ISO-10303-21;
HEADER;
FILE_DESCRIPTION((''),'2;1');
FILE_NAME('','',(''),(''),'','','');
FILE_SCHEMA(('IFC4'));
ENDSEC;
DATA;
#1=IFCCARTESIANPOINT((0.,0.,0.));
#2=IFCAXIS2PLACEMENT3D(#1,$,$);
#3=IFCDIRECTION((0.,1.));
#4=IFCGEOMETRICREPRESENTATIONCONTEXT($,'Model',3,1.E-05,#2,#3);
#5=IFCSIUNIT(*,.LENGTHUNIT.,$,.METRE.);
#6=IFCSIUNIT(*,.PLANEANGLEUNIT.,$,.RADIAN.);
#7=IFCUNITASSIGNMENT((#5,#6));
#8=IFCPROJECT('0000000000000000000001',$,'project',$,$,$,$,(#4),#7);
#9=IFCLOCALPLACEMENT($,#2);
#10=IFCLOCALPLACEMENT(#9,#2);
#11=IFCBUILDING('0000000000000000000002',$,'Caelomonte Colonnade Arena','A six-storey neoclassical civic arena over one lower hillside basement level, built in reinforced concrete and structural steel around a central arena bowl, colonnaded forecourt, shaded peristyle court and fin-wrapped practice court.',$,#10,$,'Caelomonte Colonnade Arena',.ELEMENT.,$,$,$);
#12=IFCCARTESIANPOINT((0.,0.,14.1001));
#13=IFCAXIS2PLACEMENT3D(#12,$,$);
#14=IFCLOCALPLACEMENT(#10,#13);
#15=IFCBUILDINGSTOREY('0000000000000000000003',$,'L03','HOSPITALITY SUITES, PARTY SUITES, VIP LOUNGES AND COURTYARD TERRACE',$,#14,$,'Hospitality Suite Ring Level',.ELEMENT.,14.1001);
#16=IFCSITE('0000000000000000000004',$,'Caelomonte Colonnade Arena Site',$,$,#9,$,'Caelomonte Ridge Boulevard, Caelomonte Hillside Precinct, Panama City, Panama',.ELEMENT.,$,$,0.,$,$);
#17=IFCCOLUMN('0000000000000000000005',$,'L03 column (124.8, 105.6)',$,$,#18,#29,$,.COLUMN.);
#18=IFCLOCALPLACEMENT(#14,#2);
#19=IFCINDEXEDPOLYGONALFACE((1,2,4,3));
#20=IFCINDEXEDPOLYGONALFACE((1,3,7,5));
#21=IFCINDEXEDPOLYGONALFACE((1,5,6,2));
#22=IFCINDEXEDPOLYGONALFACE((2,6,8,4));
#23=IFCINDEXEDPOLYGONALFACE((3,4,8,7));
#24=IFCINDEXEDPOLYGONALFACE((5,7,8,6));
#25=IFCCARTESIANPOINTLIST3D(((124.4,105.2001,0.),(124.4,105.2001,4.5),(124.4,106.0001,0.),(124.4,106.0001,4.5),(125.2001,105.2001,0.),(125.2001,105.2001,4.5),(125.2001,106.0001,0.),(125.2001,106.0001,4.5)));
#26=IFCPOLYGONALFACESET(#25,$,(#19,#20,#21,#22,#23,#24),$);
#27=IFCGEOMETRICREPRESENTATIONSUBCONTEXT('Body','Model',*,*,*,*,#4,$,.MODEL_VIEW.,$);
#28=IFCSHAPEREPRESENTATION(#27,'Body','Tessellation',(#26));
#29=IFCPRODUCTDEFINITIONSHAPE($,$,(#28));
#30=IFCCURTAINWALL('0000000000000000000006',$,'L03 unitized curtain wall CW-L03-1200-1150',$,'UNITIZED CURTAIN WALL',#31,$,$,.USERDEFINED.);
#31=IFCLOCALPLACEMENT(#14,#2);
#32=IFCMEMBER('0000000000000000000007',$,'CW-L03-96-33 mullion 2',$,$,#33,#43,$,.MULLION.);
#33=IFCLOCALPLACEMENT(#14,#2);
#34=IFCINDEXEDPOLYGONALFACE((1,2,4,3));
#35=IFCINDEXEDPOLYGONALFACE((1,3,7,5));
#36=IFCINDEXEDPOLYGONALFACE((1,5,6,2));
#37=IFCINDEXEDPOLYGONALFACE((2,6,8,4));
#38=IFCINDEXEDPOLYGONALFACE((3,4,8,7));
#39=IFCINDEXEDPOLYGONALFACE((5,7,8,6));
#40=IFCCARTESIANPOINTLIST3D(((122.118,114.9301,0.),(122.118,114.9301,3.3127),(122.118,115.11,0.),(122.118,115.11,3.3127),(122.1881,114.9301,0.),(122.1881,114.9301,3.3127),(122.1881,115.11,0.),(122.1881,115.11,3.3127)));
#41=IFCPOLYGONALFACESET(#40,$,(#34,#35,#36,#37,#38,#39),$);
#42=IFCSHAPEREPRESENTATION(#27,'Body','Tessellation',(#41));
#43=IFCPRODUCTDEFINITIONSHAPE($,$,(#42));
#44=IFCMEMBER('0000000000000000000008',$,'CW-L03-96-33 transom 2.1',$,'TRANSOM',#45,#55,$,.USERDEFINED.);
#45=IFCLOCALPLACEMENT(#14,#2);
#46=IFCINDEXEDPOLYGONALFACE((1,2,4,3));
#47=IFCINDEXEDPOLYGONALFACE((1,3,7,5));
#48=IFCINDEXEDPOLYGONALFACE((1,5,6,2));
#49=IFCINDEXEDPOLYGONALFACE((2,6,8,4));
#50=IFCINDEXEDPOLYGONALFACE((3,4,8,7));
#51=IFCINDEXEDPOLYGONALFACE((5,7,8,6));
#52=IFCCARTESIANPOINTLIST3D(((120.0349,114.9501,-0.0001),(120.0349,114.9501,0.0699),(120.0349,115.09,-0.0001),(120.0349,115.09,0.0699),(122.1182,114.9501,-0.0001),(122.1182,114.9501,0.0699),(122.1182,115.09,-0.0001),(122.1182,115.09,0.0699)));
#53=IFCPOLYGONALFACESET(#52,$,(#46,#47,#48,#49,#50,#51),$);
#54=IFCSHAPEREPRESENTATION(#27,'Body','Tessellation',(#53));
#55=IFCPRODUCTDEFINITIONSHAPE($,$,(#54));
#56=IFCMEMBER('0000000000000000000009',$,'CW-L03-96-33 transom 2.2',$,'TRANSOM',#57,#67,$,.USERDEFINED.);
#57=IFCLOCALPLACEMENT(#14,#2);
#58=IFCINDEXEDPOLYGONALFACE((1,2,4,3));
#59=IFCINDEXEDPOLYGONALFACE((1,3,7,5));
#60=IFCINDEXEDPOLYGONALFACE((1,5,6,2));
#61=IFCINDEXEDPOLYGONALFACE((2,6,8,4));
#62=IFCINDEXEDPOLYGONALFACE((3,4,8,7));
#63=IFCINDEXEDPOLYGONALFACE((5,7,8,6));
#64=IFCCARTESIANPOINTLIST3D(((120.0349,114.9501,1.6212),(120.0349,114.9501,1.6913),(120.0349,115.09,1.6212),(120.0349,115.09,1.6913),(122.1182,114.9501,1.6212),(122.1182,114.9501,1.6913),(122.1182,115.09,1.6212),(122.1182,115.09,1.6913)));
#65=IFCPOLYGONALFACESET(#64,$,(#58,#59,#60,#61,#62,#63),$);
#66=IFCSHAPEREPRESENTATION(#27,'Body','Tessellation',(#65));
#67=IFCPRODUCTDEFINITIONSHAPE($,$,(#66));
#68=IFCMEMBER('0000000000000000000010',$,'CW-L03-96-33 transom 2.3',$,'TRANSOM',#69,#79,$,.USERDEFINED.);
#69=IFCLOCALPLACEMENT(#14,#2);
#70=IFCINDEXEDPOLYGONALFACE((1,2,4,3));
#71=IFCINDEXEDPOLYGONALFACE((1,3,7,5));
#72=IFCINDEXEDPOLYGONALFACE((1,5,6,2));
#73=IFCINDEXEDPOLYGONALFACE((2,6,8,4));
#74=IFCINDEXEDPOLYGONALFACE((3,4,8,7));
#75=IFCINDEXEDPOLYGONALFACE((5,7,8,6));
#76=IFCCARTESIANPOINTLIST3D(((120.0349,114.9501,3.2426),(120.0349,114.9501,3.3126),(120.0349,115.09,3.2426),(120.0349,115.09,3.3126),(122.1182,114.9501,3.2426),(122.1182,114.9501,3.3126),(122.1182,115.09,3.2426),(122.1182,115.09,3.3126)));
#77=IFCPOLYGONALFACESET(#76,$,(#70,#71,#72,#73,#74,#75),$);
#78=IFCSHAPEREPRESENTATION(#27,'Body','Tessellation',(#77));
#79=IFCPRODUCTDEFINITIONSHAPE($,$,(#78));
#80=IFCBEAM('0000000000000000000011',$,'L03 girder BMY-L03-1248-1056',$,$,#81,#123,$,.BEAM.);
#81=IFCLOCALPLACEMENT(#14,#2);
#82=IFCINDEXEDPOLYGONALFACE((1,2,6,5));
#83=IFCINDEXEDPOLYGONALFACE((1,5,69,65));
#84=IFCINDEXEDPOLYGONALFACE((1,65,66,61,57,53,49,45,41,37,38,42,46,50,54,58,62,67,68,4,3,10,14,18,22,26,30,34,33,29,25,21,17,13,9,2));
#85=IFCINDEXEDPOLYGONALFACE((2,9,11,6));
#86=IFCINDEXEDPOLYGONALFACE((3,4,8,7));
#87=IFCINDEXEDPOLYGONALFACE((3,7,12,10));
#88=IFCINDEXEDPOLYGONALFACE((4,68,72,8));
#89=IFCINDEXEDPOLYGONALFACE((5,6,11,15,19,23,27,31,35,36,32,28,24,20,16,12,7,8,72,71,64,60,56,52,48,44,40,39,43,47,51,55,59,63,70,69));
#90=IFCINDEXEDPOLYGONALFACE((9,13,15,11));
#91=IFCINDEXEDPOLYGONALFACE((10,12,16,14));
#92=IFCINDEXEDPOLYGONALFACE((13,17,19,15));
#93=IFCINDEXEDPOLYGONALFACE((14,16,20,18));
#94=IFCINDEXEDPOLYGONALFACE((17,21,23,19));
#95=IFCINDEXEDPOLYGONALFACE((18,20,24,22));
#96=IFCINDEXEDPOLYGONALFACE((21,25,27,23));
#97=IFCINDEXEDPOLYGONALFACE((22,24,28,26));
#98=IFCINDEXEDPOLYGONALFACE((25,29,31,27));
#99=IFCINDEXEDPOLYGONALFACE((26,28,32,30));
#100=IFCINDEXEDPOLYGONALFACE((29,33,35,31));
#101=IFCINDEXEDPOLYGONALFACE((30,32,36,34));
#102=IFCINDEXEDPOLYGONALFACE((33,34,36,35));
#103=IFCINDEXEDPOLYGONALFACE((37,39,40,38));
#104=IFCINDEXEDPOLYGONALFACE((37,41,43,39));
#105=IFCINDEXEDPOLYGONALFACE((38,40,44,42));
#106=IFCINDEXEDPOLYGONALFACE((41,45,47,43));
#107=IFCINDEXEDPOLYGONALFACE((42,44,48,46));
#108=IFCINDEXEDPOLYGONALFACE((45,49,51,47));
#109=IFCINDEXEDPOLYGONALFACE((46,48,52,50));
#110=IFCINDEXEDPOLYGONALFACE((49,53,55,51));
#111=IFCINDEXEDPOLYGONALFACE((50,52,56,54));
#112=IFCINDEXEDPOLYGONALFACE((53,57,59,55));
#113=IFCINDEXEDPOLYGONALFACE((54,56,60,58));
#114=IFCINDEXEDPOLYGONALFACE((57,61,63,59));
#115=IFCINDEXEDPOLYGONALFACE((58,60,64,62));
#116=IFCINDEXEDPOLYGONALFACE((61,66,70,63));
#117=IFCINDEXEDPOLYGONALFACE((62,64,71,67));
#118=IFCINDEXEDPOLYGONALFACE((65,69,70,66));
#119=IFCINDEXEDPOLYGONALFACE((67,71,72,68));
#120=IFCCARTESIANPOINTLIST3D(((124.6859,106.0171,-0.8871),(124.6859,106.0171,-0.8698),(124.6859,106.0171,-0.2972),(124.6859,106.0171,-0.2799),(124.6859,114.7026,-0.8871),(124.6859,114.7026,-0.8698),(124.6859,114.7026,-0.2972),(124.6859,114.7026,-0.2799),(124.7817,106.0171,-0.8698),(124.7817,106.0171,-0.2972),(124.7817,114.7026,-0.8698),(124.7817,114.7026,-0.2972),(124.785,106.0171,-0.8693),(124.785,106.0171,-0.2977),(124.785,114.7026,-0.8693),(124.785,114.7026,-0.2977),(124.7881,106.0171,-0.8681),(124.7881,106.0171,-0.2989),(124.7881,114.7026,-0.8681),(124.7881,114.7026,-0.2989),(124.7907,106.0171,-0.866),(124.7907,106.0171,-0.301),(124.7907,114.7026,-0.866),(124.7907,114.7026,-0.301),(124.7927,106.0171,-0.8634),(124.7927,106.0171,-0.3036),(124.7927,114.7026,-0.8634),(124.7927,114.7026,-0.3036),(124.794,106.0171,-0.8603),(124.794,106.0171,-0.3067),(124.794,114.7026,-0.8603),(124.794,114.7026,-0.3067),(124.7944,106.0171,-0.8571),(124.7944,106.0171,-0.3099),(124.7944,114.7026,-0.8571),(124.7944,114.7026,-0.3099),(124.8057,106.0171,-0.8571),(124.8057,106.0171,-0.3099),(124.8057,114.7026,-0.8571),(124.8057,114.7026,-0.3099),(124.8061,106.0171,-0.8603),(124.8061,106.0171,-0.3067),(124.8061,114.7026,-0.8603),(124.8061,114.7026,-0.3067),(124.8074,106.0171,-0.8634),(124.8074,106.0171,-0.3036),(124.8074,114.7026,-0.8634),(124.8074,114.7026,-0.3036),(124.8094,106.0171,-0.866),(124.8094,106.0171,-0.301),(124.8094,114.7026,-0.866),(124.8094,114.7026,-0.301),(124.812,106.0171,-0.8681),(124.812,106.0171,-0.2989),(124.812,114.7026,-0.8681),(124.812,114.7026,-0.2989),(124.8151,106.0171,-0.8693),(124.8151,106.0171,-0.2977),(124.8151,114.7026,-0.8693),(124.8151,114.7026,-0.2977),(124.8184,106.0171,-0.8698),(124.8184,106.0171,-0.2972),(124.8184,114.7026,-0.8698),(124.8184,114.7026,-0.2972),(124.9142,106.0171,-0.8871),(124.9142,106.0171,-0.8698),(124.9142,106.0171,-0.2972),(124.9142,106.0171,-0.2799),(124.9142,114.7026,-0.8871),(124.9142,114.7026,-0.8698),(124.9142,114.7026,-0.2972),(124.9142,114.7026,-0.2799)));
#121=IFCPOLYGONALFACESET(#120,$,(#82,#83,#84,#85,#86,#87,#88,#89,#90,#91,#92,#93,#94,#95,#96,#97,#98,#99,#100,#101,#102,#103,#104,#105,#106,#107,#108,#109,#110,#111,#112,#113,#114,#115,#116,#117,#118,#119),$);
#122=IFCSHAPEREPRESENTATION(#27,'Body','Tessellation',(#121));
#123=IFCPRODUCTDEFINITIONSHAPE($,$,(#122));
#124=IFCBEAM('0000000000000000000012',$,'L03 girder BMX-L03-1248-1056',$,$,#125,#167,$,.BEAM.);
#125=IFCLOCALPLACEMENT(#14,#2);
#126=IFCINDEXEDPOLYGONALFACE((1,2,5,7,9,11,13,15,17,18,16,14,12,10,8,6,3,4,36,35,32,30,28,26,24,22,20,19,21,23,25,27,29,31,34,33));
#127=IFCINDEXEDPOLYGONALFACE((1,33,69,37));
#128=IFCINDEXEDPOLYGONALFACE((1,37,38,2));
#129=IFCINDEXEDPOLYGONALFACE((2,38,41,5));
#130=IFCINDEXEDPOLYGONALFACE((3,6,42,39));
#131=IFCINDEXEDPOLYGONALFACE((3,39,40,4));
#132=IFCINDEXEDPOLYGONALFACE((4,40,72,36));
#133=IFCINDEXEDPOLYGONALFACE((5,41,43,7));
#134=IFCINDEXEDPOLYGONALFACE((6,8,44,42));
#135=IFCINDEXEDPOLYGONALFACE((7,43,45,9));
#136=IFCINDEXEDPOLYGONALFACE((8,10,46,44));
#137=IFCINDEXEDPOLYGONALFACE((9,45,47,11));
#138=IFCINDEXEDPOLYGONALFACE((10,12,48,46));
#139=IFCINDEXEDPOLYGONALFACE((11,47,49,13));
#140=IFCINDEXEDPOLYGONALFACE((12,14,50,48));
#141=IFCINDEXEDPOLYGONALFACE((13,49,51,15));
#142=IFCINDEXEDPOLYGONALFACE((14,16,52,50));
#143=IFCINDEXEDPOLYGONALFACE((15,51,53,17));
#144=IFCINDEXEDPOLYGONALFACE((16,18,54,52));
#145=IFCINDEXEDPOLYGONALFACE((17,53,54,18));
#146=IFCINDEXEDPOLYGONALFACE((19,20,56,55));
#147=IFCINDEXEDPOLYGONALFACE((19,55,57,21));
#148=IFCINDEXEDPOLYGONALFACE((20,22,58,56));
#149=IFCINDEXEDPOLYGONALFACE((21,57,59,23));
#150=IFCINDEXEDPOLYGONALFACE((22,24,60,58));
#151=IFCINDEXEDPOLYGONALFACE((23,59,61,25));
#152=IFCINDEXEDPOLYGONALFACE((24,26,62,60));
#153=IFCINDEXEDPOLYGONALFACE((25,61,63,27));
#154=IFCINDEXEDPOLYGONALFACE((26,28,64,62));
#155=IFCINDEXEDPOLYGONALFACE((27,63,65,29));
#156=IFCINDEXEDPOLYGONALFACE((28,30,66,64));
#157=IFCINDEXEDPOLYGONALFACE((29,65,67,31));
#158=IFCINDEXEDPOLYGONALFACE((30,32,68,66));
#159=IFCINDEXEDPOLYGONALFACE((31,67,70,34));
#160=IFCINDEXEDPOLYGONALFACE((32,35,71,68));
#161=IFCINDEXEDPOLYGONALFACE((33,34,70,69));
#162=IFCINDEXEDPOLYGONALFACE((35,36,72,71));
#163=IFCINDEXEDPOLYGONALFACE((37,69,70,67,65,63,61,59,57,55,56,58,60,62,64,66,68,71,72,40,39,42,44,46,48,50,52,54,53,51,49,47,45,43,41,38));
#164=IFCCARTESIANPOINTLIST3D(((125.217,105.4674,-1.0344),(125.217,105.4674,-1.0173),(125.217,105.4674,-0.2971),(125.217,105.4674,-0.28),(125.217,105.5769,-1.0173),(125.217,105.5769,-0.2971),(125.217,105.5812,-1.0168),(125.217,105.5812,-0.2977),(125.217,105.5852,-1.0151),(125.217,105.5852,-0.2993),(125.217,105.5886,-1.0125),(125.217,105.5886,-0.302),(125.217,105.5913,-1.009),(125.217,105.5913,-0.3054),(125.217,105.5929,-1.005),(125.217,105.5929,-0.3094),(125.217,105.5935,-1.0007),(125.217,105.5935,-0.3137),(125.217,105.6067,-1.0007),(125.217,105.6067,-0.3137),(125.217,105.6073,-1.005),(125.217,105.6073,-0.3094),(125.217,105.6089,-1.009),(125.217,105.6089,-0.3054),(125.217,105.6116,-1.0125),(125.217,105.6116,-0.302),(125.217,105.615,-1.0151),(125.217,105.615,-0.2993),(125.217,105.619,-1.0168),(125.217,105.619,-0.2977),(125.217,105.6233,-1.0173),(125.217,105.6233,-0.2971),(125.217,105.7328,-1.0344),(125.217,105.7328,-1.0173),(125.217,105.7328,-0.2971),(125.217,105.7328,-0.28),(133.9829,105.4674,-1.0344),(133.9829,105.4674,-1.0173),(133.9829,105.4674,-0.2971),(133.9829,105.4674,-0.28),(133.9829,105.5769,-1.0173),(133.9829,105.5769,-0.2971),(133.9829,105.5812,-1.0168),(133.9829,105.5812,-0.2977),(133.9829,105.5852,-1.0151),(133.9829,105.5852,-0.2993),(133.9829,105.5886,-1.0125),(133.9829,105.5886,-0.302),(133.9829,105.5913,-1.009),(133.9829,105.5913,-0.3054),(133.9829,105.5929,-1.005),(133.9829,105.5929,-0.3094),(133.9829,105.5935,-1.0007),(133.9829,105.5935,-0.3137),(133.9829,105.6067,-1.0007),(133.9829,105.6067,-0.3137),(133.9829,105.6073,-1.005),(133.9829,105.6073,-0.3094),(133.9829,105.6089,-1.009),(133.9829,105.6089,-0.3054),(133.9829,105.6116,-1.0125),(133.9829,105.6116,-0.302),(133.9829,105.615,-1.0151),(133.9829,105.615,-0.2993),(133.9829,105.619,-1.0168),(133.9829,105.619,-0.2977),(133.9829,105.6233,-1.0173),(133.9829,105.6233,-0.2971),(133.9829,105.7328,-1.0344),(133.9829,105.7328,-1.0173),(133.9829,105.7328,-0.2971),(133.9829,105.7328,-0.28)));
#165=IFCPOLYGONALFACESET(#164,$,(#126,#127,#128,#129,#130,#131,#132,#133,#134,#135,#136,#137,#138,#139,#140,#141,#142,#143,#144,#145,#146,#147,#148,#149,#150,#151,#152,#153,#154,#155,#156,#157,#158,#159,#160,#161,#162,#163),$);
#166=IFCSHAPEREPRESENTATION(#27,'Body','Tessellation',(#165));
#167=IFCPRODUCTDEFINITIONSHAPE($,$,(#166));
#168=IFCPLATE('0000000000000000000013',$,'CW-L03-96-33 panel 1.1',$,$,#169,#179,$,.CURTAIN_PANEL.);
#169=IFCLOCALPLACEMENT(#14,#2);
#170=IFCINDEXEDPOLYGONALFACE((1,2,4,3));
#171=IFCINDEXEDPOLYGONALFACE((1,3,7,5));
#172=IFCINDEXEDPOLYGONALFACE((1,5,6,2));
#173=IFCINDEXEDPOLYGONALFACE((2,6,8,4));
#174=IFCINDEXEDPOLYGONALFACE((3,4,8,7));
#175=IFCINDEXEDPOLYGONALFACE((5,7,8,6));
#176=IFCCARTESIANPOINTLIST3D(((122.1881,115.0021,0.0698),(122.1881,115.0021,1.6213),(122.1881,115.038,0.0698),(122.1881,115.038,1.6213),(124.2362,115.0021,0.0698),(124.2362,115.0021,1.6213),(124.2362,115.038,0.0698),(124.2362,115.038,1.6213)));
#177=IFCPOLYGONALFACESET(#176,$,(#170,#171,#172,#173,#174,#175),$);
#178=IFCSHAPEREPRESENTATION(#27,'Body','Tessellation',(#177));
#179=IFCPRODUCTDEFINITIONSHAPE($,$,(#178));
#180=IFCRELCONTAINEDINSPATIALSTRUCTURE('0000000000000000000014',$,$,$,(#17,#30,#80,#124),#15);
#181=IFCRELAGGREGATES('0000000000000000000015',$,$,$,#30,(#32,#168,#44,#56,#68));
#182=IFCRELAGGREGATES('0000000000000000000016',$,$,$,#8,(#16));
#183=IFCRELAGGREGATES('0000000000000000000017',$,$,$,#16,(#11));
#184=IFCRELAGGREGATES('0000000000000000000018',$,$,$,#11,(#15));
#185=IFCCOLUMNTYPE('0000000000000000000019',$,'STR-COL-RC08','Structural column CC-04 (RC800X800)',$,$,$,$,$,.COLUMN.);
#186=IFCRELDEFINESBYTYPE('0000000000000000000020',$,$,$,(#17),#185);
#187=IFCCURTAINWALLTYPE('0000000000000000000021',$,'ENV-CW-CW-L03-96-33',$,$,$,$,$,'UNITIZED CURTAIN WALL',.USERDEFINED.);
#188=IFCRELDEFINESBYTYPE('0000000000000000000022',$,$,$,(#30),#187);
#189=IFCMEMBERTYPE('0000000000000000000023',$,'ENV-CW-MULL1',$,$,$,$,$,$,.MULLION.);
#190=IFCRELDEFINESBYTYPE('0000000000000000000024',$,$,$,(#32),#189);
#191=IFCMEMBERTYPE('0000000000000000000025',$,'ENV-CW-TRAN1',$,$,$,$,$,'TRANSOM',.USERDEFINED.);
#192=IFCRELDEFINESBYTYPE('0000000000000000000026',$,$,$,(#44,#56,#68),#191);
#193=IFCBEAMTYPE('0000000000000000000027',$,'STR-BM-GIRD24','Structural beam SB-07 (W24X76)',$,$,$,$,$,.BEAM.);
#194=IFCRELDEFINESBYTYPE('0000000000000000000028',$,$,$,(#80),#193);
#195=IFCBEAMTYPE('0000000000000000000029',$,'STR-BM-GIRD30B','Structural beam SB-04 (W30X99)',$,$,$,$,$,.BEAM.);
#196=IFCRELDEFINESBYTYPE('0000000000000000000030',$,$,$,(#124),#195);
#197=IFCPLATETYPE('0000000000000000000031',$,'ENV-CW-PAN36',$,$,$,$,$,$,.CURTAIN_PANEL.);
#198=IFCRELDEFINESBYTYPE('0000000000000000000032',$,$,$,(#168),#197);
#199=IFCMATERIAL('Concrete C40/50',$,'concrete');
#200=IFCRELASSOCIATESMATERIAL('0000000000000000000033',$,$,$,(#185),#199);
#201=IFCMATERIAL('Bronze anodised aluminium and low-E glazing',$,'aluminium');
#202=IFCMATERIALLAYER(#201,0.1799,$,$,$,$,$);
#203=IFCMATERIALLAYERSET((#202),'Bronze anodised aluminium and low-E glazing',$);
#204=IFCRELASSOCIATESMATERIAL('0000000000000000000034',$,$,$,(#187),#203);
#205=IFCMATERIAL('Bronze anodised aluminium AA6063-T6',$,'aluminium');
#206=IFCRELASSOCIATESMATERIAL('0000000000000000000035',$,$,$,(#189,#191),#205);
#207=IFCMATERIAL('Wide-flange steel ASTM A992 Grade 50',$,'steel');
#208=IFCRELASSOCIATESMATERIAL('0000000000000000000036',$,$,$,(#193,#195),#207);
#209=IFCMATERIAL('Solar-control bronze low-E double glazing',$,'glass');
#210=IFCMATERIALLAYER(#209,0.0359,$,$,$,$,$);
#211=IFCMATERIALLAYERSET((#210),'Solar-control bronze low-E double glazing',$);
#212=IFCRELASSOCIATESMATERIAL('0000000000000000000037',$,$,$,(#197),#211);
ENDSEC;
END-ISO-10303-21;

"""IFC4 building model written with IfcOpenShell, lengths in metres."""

from ifc_helpers import new_model, si_unit, direction, frame, origin, origin_2d, place, context, subcontext, project, spatial, rectangle, i_section, extrude, material, layer, layer_set, material_profile, profile_set, type_object, element, aggregate, save


model = new_model("IFC4")

# Units and contexts
model_context = context("Model", 3, precision=1e-05, world=origin(), true_north=direction((0.0, 1.0)))
body_context = subcontext(model_context, "Body", "Model", "MODEL_VIEW")
ifc_project = project(units=[si_unit("LENGTHUNIT", "METRE"), si_unit("PLANEANGLEUNIT", "RADIAN")], contexts=[model_context])

# Site, building, storey
site_placement = place(None, origin())
site = spatial("IfcSite", under=ifc_project, at=site_placement, Name="Caelomonte Colonnade Arena Site", LongName="Caelomonte Ridge Boulevard, Caelomonte Hillside Precinct, Panama City, Panama", CompositionType="ELEMENT", RefElevation=0.0)
building_placement = place(site_placement, origin())
building = spatial("IfcBuilding", under=site, at=building_placement, Name="Caelomonte Colonnade Arena", Description="A six-storey neoclassical civic arena over one lower hillside basement level, built in reinforced concrete and structural steel around a central arena bowl, colonnaded forecourt, shaded peristyle court and fin-wrapped practice court.", LongName="Caelomonte Colonnade Arena", CompositionType="ELEMENT")
storey_placement = place(building_placement, frame((0.0, 0.0, 14.1001)))
storey = spatial("IfcBuildingStorey", under=building, at=storey_placement, Name="L03", Description="HOSPITALITY SUITES, PARTY SUITES, VIP LOUNGES AND COURTYARD TERRACE", LongName="Hospitality Suite Ring Level", CompositionType="ELEMENT", Elevation=14.1001)

# Column
ifc_material_1 = material(Name="Concrete C40/50", Category="concrete")
ifc_material_profile_1 = material_profile(ifc_material_1, rectangle(XDim=0.8, YDim=0.8, at=origin_2d()), Name="RC800X800")
ifc_profile_set_1 = profile_set([ifc_material_profile_1], Name="Concrete C40/50")
column_type = type_object("IfcColumnType", Name="STR-COL-RC08", Description="Structural column CC-04 (RC800X800)", PredefinedType="COLUMN", material=ifc_profile_set_1)
column_placement = place(storey_placement, frame((124.8, 105.6001, 0.0), z_axis=(0.0, 0.0, 1.0), x_axis=(1.0, 0.0, 0.0)))
element("IfcColumn", 1, at=column_placement, inside=storey, type_object=column_type, Name="L03 column (124.8, 105.6)", PredefinedType="COLUMN", context=body_context, shape_type="SweptSolid", body=[
    extrude(rectangle(XDim=0.8, YDim=0.8, at=origin_2d()), origin(), (0.0, 0.0, 1.0), 4.5),
])

# Curtain wall, members
ifc_material_2 = material(Name="Bronze anodised aluminium and low-E glazing", Category="aluminium")
ifc_layer_1 = layer(ifc_material_2, 0.1799)
ifc_layer_set_1 = layer_set([ifc_layer_1], Name="Bronze anodised aluminium and low-E glazing")
curtain_wall_type = type_object("IfcCurtainWallType", Name="ENV-CW-CW-L03-96-33", ElementType="UNITIZED CURTAIN WALL", PredefinedType="USERDEFINED", material=ifc_layer_set_1)
curtain_wall_placement = place(storey_placement, origin())
curtain_wall = element("IfcCurtainWall", 2, at=curtain_wall_placement, inside=storey, type_object=curtain_wall_type, Name="L03 unitized curtain wall CW-L03-1200-1150", ObjectType="UNITIZED CURTAIN WALL", PredefinedType="USERDEFINED")
ifc_material_3 = material(Name="Bronze anodised aluminium AA6063-T6", Category="aluminium")
ifc_material_profile_2 = material_profile(ifc_material_3, rectangle(XDim=0.0701, YDim=0.1799, at=origin_2d()), Name="CWM-70X180")
ifc_profile_set_2 = profile_set([ifc_material_profile_2], Name="Bronze anodised aluminium AA6063-T6")
member_type_1 = type_object("IfcMemberType", Name="ENV-CW-MULL1", PredefinedType="MULLION", material=ifc_profile_set_2)
member_1_placement = place(storey_placement, frame((122.1531, 115.02, 0.0), z_axis=(0.0, 0.0, 1.0), x_axis=(-1.0, 0.0, 0.0)))
member_1 = element("IfcMember", 3, at=member_1_placement, type_object=member_type_1, Name="CW-L03-96-33 mullion 2", PredefinedType="MULLION", context=body_context, shape_type="SweptSolid", body=[
    extrude(rectangle(XDim=0.0701, YDim=0.1799, at=origin_2d()), origin(), (0.0, 0.0, 1.0), 3.3127),
])
ifc_material_profile_3 = material_profile(ifc_material_3, rectangle(XDim=0.0701, YDim=0.1399, at=origin_2d()), Name="CWT-70X140")
ifc_profile_set_3 = profile_set([ifc_material_profile_3], Name="Bronze anodised aluminium AA6063-T6")
member_type_2 = type_object("IfcMemberType", Name="ENV-CW-TRAN1", ElementType="TRANSOM", PredefinedType="USERDEFINED", material=ifc_profile_set_3)
member_2_placement = place(storey_placement, frame((122.1182, 115.02, 0.0349), z_axis=(-1.0, 0.0, 0.0), x_axis=(0.0, 0.0, 1.0)))
member_2 = element("IfcMember", 4, at=member_2_placement, type_object=member_type_2, Name="CW-L03-96-33 transom 2.1", ObjectType="TRANSOM", PredefinedType="USERDEFINED", context=body_context, shape_type="SweptSolid", body=[
    extrude(rectangle(XDim=0.0701, YDim=0.1399, at=origin_2d()), origin(), (0.0, 0.0, 1.0), 2.0833),
])
member_3_placement = place(storey_placement, frame((122.1182, 115.02, 1.6562), z_axis=(-1.0, 0.0, 0.0), x_axis=(0.0, 0.0, 1.0)))
member_3 = element("IfcMember", 5, at=member_3_placement, type_object=member_type_2, Name="CW-L03-96-33 transom 2.2", ObjectType="TRANSOM", PredefinedType="USERDEFINED", context=body_context, shape_type="SweptSolid", body=[
    extrude(rectangle(XDim=0.0701, YDim=0.1399, at=origin_2d()), origin(), (0.0, 0.0, 1.0), 2.0833),
])
member_4_placement = place(storey_placement, frame((122.1182, 115.02, 3.2776), z_axis=(-1.0, 0.0, 0.0), x_axis=(0.0, 0.0, 1.0)))
member_4 = element("IfcMember", 6, at=member_4_placement, type_object=member_type_2, Name="CW-L03-96-33 transom 2.3", ObjectType="TRANSOM", PredefinedType="USERDEFINED", context=body_context, shape_type="SweptSolid", body=[
    extrude(rectangle(XDim=0.0701, YDim=0.1399, at=origin_2d()), origin(), (0.0, 0.0, 1.0), 2.0833),
])

# Beams
ifc_material_4 = material(Name="Wide-flange steel ASTM A992 Grade 50", Category="steel")
ifc_material_profile_4 = material_profile(ifc_material_4, i_section(OverallWidth=0.2283, OverallDepth=0.6072, WebThickness=0.0112, FlangeThickness=0.0173, FilletRadius=0.0127, at=origin_2d()), Name="W24X76")
ifc_profile_set_4 = profile_set([ifc_material_profile_4], Name="Wide-flange steel ASTM A992 Grade 50")
beam_type_1 = type_object("IfcBeamType", Name="STR-BM-GIRD24", Description="Structural beam SB-07 (W24X76)", PredefinedType="BEAM", material=ifc_profile_set_4)
beam_1_placement = place(storey_placement, frame((124.8, 106.0171, -0.5835), z_axis=(0.0, 1.0, 0.0), x_axis=(-1.0, 0.0, 0.0)))
element("IfcBeam", 7, at=beam_1_placement, inside=storey, type_object=beam_type_1, Name="L03 girder BMY-L03-1248-1056", PredefinedType="BEAM", context=body_context, shape_type="SweptSolid", body=[
    extrude(i_section(OverallWidth=0.2283, OverallDepth=0.6072, WebThickness=0.0112, FlangeThickness=0.0173, FilletRadius=0.0127, at=origin_2d()), origin(), (0.0, 0.0, 1.0), 8.6855),
])
ifc_material_profile_5 = material_profile(ifc_material_4, i_section(OverallWidth=0.2654, OverallDepth=0.7544, WebThickness=0.0132, FlangeThickness=0.0171, FilletRadius=0.0166, at=origin_2d()), Name="W30X99")
ifc_profile_set_5 = profile_set([ifc_material_profile_5], Name="Wide-flange steel ASTM A992 Grade 50")
beam_type_2 = type_object("IfcBeamType", Name="STR-BM-GIRD30B", Description="Structural beam SB-04 (W30X99)", PredefinedType="BEAM", material=ifc_profile_set_5)
beam_2_placement = place(storey_placement, frame((125.217, 105.6001, -0.6572), z_axis=(1.0, 0.0, 0.0), x_axis=(0.0, 1.0, 0.0)))
element("IfcBeam", 8, at=beam_2_placement, inside=storey, type_object=beam_type_2, Name="L03 girder BMX-L03-1248-1056", PredefinedType="BEAM", context=body_context, shape_type="SweptSolid", body=[
    extrude(i_section(OverallWidth=0.2654, OverallDepth=0.7544, WebThickness=0.0132, FlangeThickness=0.0171, FilletRadius=0.0166, at=origin_2d()), origin(), (0.0, 0.0, 1.0), 8.7659),
])

# Plate
ifc_material_5 = material(Name="Solar-control bronze low-E double glazing", Category="glass")
ifc_layer_2 = layer(ifc_material_5, 0.0359)
ifc_layer_set_2 = layer_set([ifc_layer_2], Name="Solar-control bronze low-E double glazing")
plate_type = type_object("IfcPlateType", Name="ENV-CW-PAN36", PredefinedType="CURTAIN_PANEL", material=ifc_layer_set_2)
plate_placement = place(storey_placement, frame((123.2122, 115.02, 0.0698), z_axis=(0.0, 0.0, 1.0), x_axis=(-1.0, 0.0, 0.0)))
plate = element("IfcPlate", 9, at=plate_placement, type_object=plate_type, Name="CW-L03-96-33 panel 1.1", PredefinedType="CURTAIN_PANEL", context=body_context, shape_type="SweptSolid", body=[
    extrude(rectangle(XDim=2.0481, YDim=0.0359, at=origin_2d()), origin(), (0.0, 0.0, 1.0), 1.5515),
])
aggregate(curtain_wall, [member_1, plate, member_2, member_3, member_4])

save(model, "model.ifc")
